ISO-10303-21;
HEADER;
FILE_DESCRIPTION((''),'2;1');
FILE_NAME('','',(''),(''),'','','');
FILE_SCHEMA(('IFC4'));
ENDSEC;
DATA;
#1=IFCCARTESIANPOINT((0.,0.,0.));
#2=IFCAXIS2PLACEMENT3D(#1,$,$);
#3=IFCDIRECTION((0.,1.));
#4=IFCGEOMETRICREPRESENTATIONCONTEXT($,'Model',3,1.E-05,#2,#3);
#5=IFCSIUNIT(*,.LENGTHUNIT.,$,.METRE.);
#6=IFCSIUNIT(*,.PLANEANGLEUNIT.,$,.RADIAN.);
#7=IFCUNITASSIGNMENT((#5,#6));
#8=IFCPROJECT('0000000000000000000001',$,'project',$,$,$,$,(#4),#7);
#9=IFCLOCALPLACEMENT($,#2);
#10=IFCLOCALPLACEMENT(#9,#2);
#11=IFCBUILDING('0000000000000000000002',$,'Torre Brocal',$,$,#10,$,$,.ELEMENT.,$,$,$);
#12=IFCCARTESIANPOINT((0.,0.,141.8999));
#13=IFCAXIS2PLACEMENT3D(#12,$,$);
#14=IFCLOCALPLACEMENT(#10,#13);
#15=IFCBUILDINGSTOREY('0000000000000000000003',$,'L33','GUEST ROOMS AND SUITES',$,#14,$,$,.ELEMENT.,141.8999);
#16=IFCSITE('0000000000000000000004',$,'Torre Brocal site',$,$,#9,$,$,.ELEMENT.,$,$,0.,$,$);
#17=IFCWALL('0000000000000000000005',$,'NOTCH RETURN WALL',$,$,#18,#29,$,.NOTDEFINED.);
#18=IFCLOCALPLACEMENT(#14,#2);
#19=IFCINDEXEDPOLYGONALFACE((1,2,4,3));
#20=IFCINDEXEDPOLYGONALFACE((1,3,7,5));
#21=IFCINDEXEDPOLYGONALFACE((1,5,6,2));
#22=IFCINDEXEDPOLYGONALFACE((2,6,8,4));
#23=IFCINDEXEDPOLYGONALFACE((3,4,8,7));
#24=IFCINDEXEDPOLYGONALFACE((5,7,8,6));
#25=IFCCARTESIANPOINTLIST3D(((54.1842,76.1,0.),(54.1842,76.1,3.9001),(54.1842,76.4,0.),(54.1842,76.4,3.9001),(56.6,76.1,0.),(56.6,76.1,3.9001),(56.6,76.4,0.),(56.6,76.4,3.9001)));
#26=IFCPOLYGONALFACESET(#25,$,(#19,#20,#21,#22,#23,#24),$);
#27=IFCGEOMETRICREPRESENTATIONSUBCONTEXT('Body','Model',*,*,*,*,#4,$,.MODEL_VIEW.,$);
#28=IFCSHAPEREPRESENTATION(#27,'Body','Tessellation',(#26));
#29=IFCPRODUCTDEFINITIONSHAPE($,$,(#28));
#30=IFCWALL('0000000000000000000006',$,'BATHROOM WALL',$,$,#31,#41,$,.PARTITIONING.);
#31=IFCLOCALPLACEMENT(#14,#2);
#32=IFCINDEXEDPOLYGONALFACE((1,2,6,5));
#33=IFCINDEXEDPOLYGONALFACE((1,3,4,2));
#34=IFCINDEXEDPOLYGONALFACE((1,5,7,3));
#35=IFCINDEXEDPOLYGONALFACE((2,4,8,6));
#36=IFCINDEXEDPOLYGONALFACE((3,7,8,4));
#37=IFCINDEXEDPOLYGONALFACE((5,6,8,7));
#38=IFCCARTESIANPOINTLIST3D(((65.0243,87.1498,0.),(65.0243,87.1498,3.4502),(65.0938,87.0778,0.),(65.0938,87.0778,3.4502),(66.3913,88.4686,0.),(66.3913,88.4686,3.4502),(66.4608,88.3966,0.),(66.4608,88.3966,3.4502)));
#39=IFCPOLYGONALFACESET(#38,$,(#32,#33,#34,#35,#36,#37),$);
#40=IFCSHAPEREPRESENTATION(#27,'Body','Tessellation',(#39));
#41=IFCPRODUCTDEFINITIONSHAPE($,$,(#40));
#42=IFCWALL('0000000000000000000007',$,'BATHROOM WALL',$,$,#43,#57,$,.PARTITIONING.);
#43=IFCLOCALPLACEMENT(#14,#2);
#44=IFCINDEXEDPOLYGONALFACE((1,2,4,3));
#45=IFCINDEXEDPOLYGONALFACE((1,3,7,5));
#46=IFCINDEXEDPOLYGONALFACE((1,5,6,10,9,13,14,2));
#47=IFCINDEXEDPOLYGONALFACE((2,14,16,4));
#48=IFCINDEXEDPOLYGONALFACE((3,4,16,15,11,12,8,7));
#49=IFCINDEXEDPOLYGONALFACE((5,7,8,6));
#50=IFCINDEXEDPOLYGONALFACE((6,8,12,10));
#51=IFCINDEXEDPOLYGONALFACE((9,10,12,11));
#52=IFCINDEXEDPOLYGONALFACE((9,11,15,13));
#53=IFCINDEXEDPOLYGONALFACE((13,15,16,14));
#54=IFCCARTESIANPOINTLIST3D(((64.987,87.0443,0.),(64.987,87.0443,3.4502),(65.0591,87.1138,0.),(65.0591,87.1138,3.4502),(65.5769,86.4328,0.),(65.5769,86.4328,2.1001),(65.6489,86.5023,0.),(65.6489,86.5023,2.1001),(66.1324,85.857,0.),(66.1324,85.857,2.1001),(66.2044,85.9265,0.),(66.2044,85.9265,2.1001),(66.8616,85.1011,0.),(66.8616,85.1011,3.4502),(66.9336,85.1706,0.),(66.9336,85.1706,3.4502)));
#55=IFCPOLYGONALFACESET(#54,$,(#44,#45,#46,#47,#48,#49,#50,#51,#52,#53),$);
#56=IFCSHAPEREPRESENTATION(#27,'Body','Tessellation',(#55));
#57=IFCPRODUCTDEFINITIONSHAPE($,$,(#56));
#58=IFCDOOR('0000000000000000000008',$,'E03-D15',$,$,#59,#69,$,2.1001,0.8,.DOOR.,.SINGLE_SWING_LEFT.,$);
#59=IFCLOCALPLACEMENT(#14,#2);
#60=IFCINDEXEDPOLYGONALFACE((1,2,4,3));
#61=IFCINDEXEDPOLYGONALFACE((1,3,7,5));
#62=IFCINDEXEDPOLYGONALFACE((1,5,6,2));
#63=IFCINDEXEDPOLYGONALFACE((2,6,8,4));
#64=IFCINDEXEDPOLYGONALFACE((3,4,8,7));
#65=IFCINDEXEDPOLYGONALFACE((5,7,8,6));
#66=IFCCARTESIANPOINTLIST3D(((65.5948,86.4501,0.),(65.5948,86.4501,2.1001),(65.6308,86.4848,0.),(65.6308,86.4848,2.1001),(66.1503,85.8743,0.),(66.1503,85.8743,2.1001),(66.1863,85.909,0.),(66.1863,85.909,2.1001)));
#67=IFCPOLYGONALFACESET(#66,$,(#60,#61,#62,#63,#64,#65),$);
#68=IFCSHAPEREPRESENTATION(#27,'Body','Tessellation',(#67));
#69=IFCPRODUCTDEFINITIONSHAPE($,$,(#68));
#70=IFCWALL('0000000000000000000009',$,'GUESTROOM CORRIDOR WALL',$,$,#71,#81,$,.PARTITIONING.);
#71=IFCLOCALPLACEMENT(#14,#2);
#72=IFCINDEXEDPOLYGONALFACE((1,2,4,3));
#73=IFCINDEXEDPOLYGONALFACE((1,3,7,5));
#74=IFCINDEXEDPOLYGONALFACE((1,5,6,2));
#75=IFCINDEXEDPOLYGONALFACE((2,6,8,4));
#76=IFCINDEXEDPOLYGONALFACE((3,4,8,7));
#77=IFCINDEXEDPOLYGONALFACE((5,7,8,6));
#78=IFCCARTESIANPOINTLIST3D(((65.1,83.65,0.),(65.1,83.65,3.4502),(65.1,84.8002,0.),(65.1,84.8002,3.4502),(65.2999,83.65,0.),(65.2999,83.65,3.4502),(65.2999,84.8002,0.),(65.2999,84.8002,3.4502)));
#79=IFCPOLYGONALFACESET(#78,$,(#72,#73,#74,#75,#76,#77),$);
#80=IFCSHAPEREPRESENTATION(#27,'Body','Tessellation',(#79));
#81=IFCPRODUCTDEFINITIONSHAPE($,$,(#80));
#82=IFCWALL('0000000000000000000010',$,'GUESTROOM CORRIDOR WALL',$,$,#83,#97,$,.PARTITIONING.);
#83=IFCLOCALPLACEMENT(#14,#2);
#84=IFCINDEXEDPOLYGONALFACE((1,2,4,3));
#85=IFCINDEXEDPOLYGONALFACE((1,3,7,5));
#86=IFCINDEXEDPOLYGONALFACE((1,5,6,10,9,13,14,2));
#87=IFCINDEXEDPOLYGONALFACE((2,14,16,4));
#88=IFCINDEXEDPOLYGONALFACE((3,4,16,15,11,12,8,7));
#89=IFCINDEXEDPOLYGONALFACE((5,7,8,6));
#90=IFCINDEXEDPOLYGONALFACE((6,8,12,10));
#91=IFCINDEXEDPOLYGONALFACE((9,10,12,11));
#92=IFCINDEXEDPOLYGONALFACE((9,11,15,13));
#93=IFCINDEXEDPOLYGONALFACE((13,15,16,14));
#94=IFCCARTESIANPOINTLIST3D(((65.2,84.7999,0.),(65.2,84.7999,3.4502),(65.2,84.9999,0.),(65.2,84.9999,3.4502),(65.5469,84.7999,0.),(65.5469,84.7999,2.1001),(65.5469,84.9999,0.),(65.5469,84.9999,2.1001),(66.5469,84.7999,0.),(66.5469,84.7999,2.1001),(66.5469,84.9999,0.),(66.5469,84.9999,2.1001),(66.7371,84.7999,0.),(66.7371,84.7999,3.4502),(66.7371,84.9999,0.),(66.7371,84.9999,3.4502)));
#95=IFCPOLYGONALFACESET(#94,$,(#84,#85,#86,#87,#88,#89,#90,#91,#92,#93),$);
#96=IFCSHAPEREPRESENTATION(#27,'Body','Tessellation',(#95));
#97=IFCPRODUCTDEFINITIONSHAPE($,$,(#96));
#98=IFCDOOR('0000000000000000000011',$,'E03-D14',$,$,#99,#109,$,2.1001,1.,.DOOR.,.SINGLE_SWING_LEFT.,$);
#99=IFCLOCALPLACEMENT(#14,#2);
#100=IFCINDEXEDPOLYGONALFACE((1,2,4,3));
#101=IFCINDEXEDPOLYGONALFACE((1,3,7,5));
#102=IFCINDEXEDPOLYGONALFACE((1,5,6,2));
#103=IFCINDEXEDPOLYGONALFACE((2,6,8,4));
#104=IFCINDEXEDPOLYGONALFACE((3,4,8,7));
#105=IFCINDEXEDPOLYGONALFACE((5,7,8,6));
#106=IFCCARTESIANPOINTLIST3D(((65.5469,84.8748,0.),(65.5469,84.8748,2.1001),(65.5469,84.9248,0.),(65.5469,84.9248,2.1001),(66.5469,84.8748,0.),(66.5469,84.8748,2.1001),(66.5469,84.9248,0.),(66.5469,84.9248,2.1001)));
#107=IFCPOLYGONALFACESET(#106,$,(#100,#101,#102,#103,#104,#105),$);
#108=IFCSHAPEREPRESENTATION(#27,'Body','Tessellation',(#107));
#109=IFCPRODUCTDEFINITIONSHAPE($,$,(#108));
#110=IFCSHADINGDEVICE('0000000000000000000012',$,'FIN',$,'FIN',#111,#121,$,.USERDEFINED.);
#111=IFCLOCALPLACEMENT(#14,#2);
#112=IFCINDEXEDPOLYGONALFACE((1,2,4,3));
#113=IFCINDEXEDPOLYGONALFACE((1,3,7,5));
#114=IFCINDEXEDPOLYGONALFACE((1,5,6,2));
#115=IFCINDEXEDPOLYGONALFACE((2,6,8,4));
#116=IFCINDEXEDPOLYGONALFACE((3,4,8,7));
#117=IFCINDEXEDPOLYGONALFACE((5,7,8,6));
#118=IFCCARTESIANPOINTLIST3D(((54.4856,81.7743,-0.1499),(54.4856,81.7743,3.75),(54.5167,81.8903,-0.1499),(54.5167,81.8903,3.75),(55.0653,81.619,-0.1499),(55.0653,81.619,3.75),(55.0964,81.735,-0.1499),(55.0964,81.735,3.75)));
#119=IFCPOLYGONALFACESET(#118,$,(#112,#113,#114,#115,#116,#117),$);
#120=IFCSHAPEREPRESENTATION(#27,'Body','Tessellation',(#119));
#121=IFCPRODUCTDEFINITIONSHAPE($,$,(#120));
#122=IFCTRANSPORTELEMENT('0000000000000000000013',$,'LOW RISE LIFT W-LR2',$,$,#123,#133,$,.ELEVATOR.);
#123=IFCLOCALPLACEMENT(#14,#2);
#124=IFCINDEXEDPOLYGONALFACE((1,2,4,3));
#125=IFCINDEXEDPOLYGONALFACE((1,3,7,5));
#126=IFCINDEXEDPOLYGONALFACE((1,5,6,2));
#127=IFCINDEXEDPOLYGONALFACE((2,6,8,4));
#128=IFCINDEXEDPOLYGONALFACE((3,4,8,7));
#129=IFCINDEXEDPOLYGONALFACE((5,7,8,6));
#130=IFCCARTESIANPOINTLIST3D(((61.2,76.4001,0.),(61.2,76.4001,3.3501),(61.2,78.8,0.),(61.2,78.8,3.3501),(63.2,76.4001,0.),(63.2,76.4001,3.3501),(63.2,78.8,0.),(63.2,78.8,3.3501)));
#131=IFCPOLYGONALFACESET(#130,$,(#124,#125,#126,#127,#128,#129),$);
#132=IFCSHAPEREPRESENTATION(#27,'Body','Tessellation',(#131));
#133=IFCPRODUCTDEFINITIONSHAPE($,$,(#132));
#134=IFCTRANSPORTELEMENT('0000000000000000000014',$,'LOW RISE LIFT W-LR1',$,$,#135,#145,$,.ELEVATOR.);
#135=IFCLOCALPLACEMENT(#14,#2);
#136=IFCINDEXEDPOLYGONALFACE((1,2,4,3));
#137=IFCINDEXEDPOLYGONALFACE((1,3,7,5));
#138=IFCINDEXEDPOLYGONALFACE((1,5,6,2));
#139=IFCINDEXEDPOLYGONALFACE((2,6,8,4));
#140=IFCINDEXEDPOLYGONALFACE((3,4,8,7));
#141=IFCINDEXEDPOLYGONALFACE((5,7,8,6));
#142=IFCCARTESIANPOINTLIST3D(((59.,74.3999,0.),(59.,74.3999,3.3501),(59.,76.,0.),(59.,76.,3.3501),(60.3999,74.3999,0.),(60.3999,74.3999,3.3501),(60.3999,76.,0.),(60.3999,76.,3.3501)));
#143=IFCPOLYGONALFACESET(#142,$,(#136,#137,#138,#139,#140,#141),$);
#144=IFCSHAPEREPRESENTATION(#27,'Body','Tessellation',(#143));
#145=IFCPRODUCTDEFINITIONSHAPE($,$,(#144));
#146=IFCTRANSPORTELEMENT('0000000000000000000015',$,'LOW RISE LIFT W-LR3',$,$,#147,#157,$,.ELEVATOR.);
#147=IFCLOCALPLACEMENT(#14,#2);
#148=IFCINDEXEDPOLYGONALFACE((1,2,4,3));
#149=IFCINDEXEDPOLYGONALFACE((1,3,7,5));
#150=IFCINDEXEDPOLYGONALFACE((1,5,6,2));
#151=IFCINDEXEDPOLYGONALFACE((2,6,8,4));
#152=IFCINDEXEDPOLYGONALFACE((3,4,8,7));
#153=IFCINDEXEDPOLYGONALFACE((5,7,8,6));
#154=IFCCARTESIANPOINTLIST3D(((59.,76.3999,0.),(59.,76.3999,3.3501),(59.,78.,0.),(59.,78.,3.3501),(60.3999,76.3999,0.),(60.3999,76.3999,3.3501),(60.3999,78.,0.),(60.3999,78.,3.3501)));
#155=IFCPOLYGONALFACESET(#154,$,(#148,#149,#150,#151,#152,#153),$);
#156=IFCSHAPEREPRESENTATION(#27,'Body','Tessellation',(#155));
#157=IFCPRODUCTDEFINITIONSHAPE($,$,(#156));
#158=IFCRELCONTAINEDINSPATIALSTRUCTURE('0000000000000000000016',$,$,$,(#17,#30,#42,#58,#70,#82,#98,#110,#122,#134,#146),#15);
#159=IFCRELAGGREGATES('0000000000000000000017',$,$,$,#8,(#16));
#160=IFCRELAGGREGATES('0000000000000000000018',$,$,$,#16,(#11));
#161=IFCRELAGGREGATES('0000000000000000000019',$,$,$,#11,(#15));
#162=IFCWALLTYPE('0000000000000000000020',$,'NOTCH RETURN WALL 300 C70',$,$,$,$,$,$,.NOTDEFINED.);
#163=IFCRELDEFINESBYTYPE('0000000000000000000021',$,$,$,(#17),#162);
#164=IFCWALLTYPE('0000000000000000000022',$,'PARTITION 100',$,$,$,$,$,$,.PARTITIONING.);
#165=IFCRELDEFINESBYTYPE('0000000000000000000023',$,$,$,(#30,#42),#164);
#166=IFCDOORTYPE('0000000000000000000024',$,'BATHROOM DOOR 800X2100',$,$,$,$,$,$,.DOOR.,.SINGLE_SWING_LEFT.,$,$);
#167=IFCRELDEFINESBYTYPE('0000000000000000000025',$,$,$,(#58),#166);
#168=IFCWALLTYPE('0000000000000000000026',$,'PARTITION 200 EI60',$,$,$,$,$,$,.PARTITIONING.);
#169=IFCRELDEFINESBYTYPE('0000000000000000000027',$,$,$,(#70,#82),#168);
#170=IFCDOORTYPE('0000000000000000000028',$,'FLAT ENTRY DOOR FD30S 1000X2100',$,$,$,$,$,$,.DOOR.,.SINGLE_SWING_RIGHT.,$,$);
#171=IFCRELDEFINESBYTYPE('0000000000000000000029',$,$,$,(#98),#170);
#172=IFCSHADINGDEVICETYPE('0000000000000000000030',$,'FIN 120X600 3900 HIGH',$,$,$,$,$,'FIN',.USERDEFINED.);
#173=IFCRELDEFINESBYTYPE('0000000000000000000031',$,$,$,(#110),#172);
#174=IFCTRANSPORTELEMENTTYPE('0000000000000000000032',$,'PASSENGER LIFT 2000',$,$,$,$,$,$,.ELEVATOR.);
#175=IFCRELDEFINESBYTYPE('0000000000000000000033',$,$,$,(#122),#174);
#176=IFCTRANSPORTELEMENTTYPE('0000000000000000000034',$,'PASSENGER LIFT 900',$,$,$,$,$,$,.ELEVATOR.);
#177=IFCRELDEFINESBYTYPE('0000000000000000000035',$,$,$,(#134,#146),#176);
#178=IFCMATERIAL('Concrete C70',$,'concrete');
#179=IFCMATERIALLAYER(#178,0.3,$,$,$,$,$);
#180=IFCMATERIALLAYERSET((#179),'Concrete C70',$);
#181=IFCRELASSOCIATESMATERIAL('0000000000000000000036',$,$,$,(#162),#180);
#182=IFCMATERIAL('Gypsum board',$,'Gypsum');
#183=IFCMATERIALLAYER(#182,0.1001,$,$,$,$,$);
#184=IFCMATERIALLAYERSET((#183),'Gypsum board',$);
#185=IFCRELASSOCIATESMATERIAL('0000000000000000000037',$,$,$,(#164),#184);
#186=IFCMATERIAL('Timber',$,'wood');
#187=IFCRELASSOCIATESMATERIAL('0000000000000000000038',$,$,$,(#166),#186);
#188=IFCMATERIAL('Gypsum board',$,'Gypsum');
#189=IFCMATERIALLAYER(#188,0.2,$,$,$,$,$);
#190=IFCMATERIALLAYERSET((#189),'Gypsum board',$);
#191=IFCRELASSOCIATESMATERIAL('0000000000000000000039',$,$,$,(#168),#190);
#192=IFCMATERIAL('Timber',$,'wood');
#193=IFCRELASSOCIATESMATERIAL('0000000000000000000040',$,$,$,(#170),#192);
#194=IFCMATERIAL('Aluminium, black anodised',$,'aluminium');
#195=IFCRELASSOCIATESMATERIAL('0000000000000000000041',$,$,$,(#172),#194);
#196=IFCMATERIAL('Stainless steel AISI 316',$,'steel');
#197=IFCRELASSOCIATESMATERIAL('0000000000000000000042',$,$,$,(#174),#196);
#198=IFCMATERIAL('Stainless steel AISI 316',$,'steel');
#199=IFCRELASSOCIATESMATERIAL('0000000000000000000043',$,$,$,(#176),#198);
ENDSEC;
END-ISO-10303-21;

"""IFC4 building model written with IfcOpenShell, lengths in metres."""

from ifc_helpers import new_model, si_unit, direction, frame, frame_2d, origin, origin_2d, place, context, subcontext, project, spatial, rectangle, extrude, material, layer, layer_set, material_profile, profile_set, type_object, element, fill, save


model = new_model("IFC4")

# Units and contexts
model_context = context("Model", 3, precision=1e-05, world=origin(), true_north=direction((0.0, 1.0)))
body_context = subcontext(model_context, "Body", "Model", "MODEL_VIEW")
ifc_project = project(units=[si_unit("LENGTHUNIT", "METRE"), si_unit("PLANEANGLEUNIT", "RADIAN")], contexts=[model_context])

# Site, building, storey
site_placement = place(None, origin())
site = spatial("IfcSite", under=ifc_project, at=site_placement, Name="Torre Brocal site", CompositionType="ELEMENT", RefElevation=0.0)
building_placement = place(site_placement, origin())
building = spatial("IfcBuilding", under=site, at=building_placement, Name="Torre Brocal", CompositionType="ELEMENT")
storey_placement = place(building_placement, frame((0.0, 0.0, 141.8999)))
storey = spatial("IfcBuildingStorey", under=building, at=storey_placement, Name="L33", Description="GUEST ROOMS AND SUITES", CompositionType="ELEMENT", Elevation=141.8999)

# Walls
ifc_material_1 = material(Name="Concrete C70", Category="concrete")
ifc_layer_1 = layer(ifc_material_1, 0.3)
ifc_layer_set_1 = layer_set([ifc_layer_1], Name="Concrete C70")
wall_type_1 = type_object("IfcWallType", Name="NOTCH RETURN WALL 300 C70", PredefinedType="NOTDEFINED", material=ifc_layer_set_1)
wall_1_placement = place(storey_placement, frame((56.6001, 76.25, 0.0), z_axis=(0.0, 0.0, 1.0), x_axis=(-1.0, 0.0, 0.0)))
element("IfcWall", 1, at=wall_1_placement, inside=storey, type_object=wall_type_1, Name="NOTCH RETURN WALL", PredefinedType="NOTDEFINED", context=body_context, shape_type="SweptSolid", body=[
    extrude(rectangle(XDim=2.4158, YDim=0.3, at=frame_2d((1.208, 0.0))), origin(), (0.0, 0.0, 1.0), 3.9001),
])
ifc_material_2 = material(Name="Gypsum board", Category="Gypsum")
ifc_layer_2 = layer(ifc_material_2, 0.1001)
ifc_layer_set_2 = layer_set([ifc_layer_2], Name="Gypsum board")
wall_type_2 = type_object("IfcWallType", Name="PARTITION 100", PredefinedType="PARTITIONING", material=ifc_layer_set_2)
wall_2_placement = place(storey_placement, frame((65.0591, 87.1138, 0.0), z_axis=(0.0, 0.0, 1.0), x_axis=(0.719654, 0.694333, 0.0)))
element("IfcWall", 2, at=wall_2_placement, inside=storey, type_object=wall_type_2, Name="BATHROOM WALL", PredefinedType="PARTITIONING", context=body_context, shape_type="SweptSolid", body=[
    extrude(rectangle(XDim=1.8994, YDim=0.1001, at=frame_2d((0.9497, 0.0))), origin(), (0.0, 0.0, 1.0), 3.4502),
])

# Wall, opening, door
wall_3_placement = place(storey_placement, frame((65.0229, 87.0791, 0.0), z_axis=(0.0, 0.0, 1.0), x_axis=(0.694288, -0.719697, 0.0)))
wall_3 = element("IfcWall", 3, at=wall_3_placement, inside=storey, type_object=wall_type_2, Name="BATHROOM WALL", PredefinedType="PARTITIONING", context=body_context, shape_type="SweptSolid", body=[
    extrude(rectangle(XDim=2.7, YDim=0.1001, at=frame_2d((1.3501, 0.0))), origin(), (0.0, 0.0, 1.0), 3.4502),
])
opening_1_placement = place(wall_3_placement, frame((0.8499, 0.0, 0.0)))
opening_1 = element("IfcOpeningElement", 4, at=opening_1_placement, cuts=wall_3, PredefinedType="OPENING", context=body_context, shape_type="SweptSolid", body=[
    extrude(rectangle(XDim=0.8, YDim=2.1001, at=frame_2d((0.3999, 1.05))), frame((0.0, 0.0601, 0.0), z_axis=(0.0, -1.0, 0.0), x_axis=(1.0, 0.0, 0.0)), (0.0, 0.0, 1.0), 0.1201),
])
ifc_material_3 = material(Name="Timber", Category="wood")
door_type_1 = type_object("IfcDoorType", Name="BATHROOM DOOR 800X2100", OperationType="SINGLE_SWING_LEFT", PredefinedType="DOOR", material=ifc_material_3)
door_1_placement = place(opening_1_placement, origin())
door_1 = element("IfcDoor", 5, at=door_1_placement, inside=storey, type_object=door_type_1, Name="E03-D15", OperationType="SINGLE_SWING_LEFT", OverallHeight=2.1001, OverallWidth=0.8, PredefinedType="DOOR", context=body_context, shape_type="SweptSolid", body=[
    extrude(rectangle(XDim=0.8, YDim=2.1001, at=frame_2d((0.3999, 1.05))), frame((0.0, 0.0249, 0.0), z_axis=(0.0, -1.0, 0.0), x_axis=(1.0, 0.0, 0.0)), (0.0, 0.0, 1.0), 0.05),
])
fill(opening_1, door_1)

# Wall
ifc_material_4 = material(Name="Gypsum board", Category="Gypsum")
ifc_layer_3 = layer(ifc_material_4, 0.2)
ifc_layer_set_3 = layer_set([ifc_layer_3], Name="Gypsum board")
wall_type_3 = type_object("IfcWallType", Name="PARTITION 200 EI60", PredefinedType="PARTITIONING", material=ifc_layer_set_3)
wall_4_placement = place(storey_placement, frame((65.2, 83.6499, 0.0), z_axis=(0.0, 0.0, 1.0), x_axis=(0.0, 1.0, 0.0)))
element("IfcWall", 6, at=wall_4_placement, inside=storey, type_object=wall_type_3, Name="GUESTROOM CORRIDOR WALL", PredefinedType="PARTITIONING", context=body_context, shape_type="SweptSolid", body=[
    extrude(rectangle(XDim=1.1501, YDim=0.2, at=frame_2d((0.5752, 0.0))), origin(), (0.0, 0.0, 1.0), 3.4502),
])

# Wall, opening, door
wall_5_placement = place(storey_placement, frame((65.2, 84.8999, 0.0), z_axis=(0.0, 0.0, 1.0), x_axis=(1.0, 0.0, 0.0)))
wall_5 = element("IfcWall", 7, at=wall_5_placement, inside=storey, type_object=wall_type_3, Name="GUESTROOM CORRIDOR WALL", PredefinedType="PARTITIONING", context=body_context, shape_type="SweptSolid", body=[
    extrude(rectangle(XDim=1.5371, YDim=0.2, at=frame_2d((0.7686, 0.0))), origin(), (0.0, 0.0, 1.0), 3.4502),
])
opening_2_placement = place(wall_5_placement, frame((0.3469, 0.0, 0.0)))
opening_2 = element("IfcOpeningElement", 8, at=opening_2_placement, cuts=wall_5, PredefinedType="OPENING", context=body_context, shape_type="SweptSolid", body=[
    extrude(rectangle(XDim=1.0, YDim=2.1001, at=frame_2d((0.5, 1.05))), frame((0.0, 0.1099, 0.0), z_axis=(0.0, -1.0, 0.0), x_axis=(1.0, 0.0, 0.0)), (0.0, 0.0, 1.0), 0.22),
])
ifc_material_5 = material(Name="Timber", Category="wood")
door_type_2 = type_object("IfcDoorType", Name="FLAT ENTRY DOOR FD30S 1000X2100", OperationType="SINGLE_SWING_RIGHT", PredefinedType="DOOR", material=ifc_material_5)
door_2_placement = place(opening_2_placement, origin())
door_2 = element("IfcDoor", 9, at=door_2_placement, inside=storey, type_object=door_type_2, Name="E03-D14", OperationType="SINGLE_SWING_LEFT", OverallHeight=2.1001, OverallWidth=1.0, PredefinedType="DOOR", context=body_context, shape_type="SweptSolid", body=[
    extrude(rectangle(XDim=1.0, YDim=2.1001, at=frame_2d((0.5, 1.05))), frame((0.0, 0.0249, 0.0), z_axis=(0.0, -1.0, 0.0), x_axis=(1.0, 0.0, 0.0)), (0.0, 0.0, 1.0), 0.05),
])
fill(opening_2, door_2)

# Shading device
ifc_material_6 = material(Name="Aluminium, black anodised", Category="aluminium")
ifc_material_profile_1 = material_profile(ifc_material_6, rectangle(XDim=0.1201, YDim=0.6001, at=origin_2d()), Name="FIN 120X600 3900 HIGH")
ifc_profile_set_1 = profile_set([ifc_material_profile_1], Name="Aluminium, black anodised")
shading_device_type = type_object("IfcShadingDeviceType", Name="FIN 120X600 3900 HIGH", ElementType="FIN", PredefinedType="USERDEFINED", material=ifc_profile_set_1)
shading_device_placement = place(storey_placement, frame((54.791, 81.7546, -0.1499), z_axis=(0.0, 0.0, 1.0), x_axis=(-0.258819, -0.965926, 0.0)))
element("IfcShadingDevice", 10, at=shading_device_placement, inside=storey, type_object=shading_device_type, Name="FIN", ObjectType="FIN", PredefinedType="USERDEFINED", context=body_context, shape_type="SweptSolid", body=[
    extrude(rectangle(XDim=0.1201, YDim=0.6001, at=origin_2d()), origin(), (0.0, 0.0, 1.0), 3.8999),
])

# Transport elements
ifc_material_7 = material(Name="Stainless steel AISI 316", Category="steel")
transport_element_type_1 = type_object("IfcTransportElementType", Name="PASSENGER LIFT 2000", PredefinedType="ELEVATOR", material=ifc_material_7)
transport_element_placement = place(storey_placement, frame((62.2, 77.6001, 0.0), z_axis=(0.0, 0.0, 1.0), x_axis=(1.0, 0.0, 0.0)))
element("IfcTransportElement", 11, at=transport_element_placement, inside=storey, type_object=transport_element_type_1, Name="LOW RISE LIFT W-LR2", PredefinedType="ELEVATOR", context=body_context, shape_type="SweptSolid", body=[
    extrude(rectangle(XDim=2.0, YDim=2.3999, at=origin_2d()), origin(), (0.0, 0.0, 1.0), 3.3501),
])
ifc_material_8 = material(Name="Stainless steel AISI 316", Category="steel")
transport_element_type_2 = type_object("IfcTransportElementType", Name="PASSENGER LIFT 900", PredefinedType="ELEVATOR", material=ifc_material_8)
for number, where, z_axis, x_axis, name in (
    (12, (59.7, 75.2, 0.0), (0.0, 0.0, 1.0), (1.0, 0.0, 0.0), "LOW RISE LIFT W-LR1"),
    (13, (59.7, 77.2, 0.0), (0.0, 0.0, 1.0), (1.0, 0.0, 0.0), "LOW RISE LIFT W-LR3"),
):
    element("IfcTransportElement", number, at=place(storey_placement, frame(where, z_axis=z_axis, x_axis=x_axis)), inside=storey, type_object=transport_element_type_2, Name=name, PredefinedType="ELEVATOR", context=body_context, shape_type="SweptSolid", body=[
        extrude(rectangle(XDim=1.3999, YDim=1.6001, at=origin_2d()), origin(), (0.0, 0.0, 1.0), 3.3501),
    ])

save(model, "model.ifc")
